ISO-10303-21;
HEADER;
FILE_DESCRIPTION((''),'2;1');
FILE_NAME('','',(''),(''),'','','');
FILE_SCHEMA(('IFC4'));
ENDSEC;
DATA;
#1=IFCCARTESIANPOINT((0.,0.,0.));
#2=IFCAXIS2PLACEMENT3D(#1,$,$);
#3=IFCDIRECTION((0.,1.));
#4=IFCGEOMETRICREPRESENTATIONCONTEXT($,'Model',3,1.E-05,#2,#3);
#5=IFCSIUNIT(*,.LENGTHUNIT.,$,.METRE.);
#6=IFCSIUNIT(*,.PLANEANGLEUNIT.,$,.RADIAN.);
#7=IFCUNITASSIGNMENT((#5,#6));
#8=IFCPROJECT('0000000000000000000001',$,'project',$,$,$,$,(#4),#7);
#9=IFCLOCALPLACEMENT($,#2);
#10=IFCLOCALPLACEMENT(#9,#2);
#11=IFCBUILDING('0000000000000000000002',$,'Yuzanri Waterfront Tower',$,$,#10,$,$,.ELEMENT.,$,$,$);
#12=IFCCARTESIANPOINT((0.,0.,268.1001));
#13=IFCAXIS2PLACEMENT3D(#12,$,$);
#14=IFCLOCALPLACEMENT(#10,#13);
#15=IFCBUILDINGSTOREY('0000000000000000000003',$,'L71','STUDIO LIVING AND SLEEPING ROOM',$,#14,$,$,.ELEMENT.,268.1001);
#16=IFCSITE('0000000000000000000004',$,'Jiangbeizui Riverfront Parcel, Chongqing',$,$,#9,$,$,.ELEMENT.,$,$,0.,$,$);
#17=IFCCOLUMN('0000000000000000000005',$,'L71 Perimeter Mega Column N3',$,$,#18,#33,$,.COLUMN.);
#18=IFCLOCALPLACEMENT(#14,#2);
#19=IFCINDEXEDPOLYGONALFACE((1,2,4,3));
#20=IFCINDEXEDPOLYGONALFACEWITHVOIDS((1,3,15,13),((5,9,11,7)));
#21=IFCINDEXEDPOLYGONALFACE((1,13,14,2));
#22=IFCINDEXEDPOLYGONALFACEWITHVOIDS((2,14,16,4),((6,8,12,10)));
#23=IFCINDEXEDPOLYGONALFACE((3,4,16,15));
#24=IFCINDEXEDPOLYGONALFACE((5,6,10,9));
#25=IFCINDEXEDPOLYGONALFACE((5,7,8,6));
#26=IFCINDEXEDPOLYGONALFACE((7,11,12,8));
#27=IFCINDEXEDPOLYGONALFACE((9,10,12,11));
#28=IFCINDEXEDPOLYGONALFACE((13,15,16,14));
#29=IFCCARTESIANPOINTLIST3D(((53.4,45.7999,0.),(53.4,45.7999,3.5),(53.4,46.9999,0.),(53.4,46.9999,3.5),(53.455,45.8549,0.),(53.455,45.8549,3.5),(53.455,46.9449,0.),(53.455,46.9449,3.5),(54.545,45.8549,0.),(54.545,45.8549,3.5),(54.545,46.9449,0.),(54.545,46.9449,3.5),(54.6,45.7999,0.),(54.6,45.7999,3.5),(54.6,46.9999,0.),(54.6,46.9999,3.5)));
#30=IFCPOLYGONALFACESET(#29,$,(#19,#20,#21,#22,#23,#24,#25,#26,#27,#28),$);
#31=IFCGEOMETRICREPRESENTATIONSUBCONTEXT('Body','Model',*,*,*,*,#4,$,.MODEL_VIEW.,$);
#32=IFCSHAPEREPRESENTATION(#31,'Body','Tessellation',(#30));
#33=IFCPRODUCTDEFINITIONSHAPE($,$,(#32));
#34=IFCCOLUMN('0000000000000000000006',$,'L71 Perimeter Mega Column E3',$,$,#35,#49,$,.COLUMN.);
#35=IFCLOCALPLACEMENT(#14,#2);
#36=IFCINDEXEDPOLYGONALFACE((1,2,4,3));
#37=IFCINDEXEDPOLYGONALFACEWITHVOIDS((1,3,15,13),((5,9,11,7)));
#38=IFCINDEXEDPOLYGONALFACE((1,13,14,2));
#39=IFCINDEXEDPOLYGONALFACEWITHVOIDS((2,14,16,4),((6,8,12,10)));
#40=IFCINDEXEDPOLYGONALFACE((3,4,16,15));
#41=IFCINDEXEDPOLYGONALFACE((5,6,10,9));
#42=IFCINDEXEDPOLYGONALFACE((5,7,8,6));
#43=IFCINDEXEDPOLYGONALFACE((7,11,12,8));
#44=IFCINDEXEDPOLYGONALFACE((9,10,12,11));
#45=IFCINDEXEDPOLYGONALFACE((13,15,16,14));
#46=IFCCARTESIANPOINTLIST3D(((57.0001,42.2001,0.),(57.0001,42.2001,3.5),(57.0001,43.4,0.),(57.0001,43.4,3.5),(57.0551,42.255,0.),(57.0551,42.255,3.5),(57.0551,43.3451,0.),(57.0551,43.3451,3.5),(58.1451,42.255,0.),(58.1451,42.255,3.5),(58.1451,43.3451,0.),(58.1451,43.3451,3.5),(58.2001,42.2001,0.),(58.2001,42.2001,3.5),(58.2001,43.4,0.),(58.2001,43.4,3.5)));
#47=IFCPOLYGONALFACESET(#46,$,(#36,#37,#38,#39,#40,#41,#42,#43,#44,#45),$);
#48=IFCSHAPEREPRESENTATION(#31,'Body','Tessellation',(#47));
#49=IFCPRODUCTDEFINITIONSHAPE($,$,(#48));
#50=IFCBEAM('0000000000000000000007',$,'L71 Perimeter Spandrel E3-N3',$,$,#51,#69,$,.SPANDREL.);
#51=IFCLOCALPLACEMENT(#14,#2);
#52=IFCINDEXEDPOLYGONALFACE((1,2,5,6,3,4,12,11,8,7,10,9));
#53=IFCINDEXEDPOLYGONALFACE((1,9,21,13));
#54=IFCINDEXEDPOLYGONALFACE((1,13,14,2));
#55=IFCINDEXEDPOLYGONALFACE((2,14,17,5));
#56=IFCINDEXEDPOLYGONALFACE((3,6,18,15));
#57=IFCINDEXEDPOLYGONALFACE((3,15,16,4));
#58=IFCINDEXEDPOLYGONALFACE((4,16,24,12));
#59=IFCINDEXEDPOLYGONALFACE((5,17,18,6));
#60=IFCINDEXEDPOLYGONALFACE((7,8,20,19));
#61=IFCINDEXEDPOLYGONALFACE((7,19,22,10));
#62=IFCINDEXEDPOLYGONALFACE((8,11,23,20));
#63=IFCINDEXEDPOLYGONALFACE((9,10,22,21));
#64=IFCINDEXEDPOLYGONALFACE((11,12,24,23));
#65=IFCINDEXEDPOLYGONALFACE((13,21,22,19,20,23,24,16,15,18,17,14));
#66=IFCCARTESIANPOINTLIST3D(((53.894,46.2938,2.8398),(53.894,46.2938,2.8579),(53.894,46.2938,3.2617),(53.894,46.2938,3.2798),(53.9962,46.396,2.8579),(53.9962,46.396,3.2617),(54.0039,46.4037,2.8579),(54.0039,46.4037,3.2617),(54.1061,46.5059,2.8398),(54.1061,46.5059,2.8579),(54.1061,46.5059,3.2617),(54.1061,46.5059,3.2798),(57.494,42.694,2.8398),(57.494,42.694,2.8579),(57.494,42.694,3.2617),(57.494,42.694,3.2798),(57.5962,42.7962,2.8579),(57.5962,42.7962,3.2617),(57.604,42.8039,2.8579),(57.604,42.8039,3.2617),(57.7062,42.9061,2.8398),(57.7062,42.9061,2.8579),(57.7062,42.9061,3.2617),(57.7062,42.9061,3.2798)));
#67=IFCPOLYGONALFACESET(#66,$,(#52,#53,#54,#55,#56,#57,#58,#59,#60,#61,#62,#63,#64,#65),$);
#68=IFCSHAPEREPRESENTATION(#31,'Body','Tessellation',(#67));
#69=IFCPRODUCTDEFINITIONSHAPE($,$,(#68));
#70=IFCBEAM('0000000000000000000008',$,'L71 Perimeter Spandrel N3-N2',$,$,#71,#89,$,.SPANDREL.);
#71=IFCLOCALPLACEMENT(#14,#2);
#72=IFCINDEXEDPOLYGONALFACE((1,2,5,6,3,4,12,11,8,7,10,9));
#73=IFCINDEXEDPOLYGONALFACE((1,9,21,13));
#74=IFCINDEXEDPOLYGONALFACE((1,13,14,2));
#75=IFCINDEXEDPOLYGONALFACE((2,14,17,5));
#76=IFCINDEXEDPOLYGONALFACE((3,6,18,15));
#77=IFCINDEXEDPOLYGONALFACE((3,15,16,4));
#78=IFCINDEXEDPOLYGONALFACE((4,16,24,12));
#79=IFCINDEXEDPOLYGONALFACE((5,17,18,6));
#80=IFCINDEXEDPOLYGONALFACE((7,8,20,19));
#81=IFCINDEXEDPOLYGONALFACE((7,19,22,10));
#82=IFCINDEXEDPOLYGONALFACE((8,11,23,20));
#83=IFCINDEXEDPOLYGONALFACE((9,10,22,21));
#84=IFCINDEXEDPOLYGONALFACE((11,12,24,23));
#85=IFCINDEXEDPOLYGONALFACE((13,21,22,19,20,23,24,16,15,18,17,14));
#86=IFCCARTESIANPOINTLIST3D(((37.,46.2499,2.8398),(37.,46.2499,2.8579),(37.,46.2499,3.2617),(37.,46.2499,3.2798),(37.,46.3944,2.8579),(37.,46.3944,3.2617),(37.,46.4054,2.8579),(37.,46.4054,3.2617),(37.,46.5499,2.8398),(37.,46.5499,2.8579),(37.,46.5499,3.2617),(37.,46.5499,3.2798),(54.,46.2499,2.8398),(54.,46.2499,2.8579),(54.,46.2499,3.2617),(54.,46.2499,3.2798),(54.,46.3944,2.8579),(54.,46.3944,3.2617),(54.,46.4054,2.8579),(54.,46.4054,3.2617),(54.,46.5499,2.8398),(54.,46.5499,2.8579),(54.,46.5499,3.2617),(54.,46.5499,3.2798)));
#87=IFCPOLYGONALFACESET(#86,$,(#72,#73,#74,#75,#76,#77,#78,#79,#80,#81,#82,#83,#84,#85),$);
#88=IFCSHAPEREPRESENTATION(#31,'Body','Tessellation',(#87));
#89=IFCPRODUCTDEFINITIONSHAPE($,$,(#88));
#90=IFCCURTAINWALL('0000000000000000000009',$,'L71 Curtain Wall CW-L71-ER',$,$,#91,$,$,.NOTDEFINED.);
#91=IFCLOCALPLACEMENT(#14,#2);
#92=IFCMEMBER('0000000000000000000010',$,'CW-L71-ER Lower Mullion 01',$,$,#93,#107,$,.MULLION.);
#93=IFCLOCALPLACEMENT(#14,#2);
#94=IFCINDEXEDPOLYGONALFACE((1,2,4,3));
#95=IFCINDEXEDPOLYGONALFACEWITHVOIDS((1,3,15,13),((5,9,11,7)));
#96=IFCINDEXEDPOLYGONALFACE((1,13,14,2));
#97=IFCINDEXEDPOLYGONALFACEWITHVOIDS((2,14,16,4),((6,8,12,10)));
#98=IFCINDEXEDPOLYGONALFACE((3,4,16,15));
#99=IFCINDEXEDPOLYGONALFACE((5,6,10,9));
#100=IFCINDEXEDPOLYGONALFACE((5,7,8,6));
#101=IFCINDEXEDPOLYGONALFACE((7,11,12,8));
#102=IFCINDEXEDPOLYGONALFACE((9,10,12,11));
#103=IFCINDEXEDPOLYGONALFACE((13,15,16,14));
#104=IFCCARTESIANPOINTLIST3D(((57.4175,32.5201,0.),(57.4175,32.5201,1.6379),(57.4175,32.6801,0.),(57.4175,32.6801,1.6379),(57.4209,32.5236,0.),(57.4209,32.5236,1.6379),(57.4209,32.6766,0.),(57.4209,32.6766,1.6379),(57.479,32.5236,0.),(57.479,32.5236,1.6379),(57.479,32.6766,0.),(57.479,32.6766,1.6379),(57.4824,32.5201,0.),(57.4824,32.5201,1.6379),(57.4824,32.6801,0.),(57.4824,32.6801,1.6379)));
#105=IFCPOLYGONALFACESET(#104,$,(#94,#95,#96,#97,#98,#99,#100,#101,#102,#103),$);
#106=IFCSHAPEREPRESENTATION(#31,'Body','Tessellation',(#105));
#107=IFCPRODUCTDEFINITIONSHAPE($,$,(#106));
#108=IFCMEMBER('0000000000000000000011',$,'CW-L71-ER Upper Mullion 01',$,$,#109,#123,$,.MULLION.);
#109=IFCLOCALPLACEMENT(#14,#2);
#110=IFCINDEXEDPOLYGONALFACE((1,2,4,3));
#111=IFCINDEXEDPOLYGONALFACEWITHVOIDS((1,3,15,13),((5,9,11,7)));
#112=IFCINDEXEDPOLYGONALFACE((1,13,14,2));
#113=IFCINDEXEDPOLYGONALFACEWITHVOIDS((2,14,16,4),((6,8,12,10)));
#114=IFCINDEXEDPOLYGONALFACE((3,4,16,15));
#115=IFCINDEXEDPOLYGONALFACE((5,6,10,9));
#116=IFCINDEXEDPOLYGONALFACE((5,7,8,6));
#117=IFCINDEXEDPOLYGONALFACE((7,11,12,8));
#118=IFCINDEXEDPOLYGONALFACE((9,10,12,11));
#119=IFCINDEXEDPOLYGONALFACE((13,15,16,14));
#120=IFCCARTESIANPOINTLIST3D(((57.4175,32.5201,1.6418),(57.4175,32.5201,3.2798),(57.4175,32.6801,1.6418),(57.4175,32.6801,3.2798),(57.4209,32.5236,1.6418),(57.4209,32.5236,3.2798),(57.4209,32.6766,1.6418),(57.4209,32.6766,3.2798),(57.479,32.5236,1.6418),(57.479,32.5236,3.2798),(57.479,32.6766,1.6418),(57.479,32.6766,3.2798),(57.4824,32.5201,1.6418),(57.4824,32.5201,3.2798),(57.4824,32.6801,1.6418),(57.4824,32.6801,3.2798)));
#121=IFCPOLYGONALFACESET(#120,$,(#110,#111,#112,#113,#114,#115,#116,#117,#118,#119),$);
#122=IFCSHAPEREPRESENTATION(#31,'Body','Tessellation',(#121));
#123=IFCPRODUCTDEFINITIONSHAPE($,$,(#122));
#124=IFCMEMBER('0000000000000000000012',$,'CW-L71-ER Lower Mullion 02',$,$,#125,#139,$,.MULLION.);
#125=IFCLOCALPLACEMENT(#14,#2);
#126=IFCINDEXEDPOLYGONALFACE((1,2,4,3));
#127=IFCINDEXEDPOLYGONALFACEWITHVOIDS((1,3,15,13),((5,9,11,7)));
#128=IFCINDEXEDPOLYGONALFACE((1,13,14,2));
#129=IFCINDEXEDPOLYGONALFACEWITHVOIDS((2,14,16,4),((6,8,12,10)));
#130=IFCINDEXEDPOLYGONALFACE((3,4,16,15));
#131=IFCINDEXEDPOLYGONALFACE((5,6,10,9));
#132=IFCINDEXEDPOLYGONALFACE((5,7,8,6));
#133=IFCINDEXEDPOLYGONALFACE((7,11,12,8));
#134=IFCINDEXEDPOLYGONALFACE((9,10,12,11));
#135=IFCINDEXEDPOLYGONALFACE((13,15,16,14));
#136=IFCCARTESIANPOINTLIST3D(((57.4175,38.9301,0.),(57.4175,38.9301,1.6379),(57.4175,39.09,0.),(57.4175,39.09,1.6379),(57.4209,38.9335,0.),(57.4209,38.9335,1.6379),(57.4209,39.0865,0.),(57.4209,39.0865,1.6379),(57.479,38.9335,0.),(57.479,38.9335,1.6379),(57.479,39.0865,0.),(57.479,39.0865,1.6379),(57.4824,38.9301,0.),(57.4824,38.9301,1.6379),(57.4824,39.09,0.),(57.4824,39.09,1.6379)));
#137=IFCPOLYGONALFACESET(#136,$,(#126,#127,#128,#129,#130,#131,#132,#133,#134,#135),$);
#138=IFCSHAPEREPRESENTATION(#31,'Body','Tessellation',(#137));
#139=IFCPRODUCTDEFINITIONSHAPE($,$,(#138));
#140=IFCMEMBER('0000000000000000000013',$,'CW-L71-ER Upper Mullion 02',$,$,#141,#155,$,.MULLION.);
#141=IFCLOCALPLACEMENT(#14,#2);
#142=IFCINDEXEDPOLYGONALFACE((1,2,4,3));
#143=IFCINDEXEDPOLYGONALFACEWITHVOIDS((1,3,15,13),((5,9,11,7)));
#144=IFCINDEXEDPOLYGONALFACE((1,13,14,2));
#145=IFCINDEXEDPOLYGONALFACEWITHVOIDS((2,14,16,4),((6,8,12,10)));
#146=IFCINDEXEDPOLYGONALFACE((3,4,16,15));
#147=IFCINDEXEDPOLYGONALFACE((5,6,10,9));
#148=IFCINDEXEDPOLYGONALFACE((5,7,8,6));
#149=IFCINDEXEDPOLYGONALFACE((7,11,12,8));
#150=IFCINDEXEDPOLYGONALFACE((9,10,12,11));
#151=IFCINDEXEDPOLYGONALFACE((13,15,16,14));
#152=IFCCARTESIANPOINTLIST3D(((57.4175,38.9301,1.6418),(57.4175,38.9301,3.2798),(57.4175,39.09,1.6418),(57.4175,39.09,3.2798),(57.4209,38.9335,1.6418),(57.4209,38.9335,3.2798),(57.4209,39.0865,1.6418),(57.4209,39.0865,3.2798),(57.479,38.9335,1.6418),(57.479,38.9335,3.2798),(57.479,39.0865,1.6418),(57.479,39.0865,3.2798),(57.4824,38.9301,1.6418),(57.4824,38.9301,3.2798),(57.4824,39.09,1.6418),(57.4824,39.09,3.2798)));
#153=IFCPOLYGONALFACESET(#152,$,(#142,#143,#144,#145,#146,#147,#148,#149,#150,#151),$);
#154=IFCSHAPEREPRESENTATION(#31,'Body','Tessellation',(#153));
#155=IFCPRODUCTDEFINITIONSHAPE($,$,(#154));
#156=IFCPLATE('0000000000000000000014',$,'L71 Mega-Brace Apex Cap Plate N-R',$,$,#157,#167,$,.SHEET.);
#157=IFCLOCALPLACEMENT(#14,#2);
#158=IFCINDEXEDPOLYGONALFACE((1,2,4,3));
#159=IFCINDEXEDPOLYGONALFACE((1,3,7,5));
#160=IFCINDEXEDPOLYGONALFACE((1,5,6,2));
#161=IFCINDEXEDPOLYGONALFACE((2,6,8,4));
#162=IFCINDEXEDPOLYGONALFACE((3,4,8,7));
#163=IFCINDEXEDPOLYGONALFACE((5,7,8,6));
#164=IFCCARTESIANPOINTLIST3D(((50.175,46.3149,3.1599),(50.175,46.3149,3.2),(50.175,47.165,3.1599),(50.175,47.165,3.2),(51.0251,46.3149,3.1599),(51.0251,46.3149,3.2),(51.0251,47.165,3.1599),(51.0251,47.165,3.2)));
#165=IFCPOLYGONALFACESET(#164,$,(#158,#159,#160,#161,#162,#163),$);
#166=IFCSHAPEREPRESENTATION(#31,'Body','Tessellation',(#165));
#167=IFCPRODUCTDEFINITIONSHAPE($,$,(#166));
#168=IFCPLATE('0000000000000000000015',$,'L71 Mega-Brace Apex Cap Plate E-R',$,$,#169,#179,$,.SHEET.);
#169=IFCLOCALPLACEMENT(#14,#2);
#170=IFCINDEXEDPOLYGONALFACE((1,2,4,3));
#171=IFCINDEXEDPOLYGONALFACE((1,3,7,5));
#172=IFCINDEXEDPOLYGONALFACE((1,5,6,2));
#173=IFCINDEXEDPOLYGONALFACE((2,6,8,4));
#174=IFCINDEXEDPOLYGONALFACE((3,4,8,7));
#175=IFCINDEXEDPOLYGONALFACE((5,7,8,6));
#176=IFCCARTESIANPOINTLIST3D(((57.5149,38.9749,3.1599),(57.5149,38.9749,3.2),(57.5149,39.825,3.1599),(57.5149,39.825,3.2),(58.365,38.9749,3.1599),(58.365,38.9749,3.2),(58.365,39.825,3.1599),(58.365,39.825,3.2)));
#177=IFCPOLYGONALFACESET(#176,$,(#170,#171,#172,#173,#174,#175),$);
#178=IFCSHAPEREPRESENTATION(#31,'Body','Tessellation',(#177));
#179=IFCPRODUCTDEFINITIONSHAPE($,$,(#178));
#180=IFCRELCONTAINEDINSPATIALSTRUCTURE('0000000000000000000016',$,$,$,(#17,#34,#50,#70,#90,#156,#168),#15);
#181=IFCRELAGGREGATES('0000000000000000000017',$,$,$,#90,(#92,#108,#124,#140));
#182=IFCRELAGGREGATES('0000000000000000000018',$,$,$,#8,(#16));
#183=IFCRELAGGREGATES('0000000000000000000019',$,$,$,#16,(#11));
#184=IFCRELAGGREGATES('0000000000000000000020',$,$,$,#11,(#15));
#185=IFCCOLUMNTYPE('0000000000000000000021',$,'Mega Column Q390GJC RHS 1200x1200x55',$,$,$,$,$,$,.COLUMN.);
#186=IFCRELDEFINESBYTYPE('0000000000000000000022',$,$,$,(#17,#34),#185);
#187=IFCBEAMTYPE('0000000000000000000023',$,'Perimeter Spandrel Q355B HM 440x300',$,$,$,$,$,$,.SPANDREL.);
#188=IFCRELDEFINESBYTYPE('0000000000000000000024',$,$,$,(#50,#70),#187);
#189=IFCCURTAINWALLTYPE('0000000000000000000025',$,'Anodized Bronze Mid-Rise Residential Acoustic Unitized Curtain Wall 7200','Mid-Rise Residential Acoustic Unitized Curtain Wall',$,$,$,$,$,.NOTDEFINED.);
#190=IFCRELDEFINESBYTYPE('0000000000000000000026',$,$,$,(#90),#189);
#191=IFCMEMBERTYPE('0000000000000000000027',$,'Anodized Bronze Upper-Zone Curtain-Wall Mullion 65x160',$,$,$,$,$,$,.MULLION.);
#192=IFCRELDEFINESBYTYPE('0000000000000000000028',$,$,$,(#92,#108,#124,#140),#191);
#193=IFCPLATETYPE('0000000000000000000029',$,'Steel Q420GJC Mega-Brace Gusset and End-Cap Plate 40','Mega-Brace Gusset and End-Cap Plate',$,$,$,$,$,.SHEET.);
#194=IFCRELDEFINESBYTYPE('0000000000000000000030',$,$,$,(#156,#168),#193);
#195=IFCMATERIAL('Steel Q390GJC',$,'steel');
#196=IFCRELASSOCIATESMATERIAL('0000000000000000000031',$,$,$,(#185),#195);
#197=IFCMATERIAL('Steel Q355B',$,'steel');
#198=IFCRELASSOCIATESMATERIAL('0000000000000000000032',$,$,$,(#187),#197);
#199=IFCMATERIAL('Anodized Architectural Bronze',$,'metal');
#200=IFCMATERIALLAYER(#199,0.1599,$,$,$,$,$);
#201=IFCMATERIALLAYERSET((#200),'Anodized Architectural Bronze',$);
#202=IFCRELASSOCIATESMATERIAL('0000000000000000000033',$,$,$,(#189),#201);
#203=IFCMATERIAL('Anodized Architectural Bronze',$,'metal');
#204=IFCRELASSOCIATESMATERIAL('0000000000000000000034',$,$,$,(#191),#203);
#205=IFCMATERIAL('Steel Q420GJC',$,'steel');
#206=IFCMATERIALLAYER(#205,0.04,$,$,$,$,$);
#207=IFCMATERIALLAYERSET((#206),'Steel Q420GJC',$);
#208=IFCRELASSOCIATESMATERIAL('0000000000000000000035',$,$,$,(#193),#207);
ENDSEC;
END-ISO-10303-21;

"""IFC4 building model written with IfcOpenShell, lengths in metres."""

from ifc_helpers import new_model, si_unit, direction, frame, origin, origin_2d, place, context, subcontext, project, spatial, rectangle, hollow_rectangle, i_section, extrude, source, transform, mapped, material, layer, layer_set, material_profile, profile_set, type_object, element, aggregate, save


model = new_model("IFC4")

# Units and contexts
model_context = context("Model", 3, precision=1e-05, world=origin(), true_north=direction((0.0, 1.0)))
body_context = subcontext(model_context, "Body", "Model", "MODEL_VIEW")
ifc_project = project(units=[si_unit("LENGTHUNIT", "METRE"), si_unit("PLANEANGLEUNIT", "RADIAN")], contexts=[model_context])

# Site, building, storey
site_placement = place(None, origin())
site = spatial("IfcSite", under=ifc_project, at=site_placement, Name="Jiangbeizui Riverfront Parcel, Chongqing", CompositionType="ELEMENT", RefElevation=0.0)
building_placement = place(site_placement, origin())
building = spatial("IfcBuilding", under=site, at=building_placement, Name="Yuzanri Waterfront Tower", CompositionType="ELEMENT")
storey_placement = place(building_placement, frame((0.0, 0.0, 268.1001)))
storey = spatial("IfcBuildingStorey", under=building, at=storey_placement, Name="L71", Description="STUDIO LIVING AND SLEEPING ROOM", CompositionType="ELEMENT", Elevation=268.1001)

# Columns
ifc_material_1 = material(Name="Steel Q390GJC", Category="steel")
ifc_material_profile_1 = material_profile(ifc_material_1, hollow_rectangle(XDim=1.2, YDim=1.2, WallThickness=0.0549, at=origin_2d()), Name="RHS 1200x1200x55")
ifc_profile_set_1 = profile_set([ifc_material_profile_1], Name="Steel Q390GJC")
column_type = type_object("IfcColumnType", Name="Mega Column Q390GJC RHS 1200x1200x55", PredefinedType="COLUMN", material=ifc_profile_set_1)
shared_shape_1 = source(origin(), body_context, "Body", "SweptSolid", [
    extrude(hollow_rectangle(XDim=1.2, YDim=1.2, WallThickness=0.0549, at=origin_2d()), origin(), (0.0, 0.0, 1.0), 3.5),
])
for number, where, z_axis, x_axis, name in (
    (1, (54.0, 46.3999, 0.0), (0.0, 0.0, 1.0), (1.0, 0.0, 0.0), "L71 Perimeter Mega Column N3"),
    (2, (57.6001, 42.8, 0.0), (0.0, 0.0, 1.0), (1.0, 0.0, 0.0), "L71 Perimeter Mega Column E3"),
):
    element("IfcColumn", number, at=place(storey_placement, frame(where, z_axis=z_axis, x_axis=x_axis)), inside=storey, type_object=column_type, Name=name, PredefinedType="COLUMN", context=body_context, shape_type="MappedRepresentation", body=[
        mapped(shared_shape_1, transform((0.0, 0.0, 0.0), scale=1.0)),
    ])

# Beams
ifc_material_2 = material(Name="Steel Q355B", Category="steel")
ifc_material_profile_2 = material_profile(ifc_material_2, i_section(OverallWidth=0.3, OverallDepth=0.4399, WebThickness=0.011, FlangeThickness=0.0181, at=origin_2d()), Name="HM 440x300x11x18")
ifc_profile_set_2 = profile_set([ifc_material_profile_2], Name="Steel Q355B")
beam_type = type_object("IfcBeamType", Name="Perimeter Spandrel Q355B HM 440x300", PredefinedType="SPANDREL", material=ifc_profile_set_2)
shared_shape_2 = source(origin(), body_context, "Body", "SweptSolid", [
    extrude(i_section(OverallWidth=0.3, OverallDepth=0.4399, WebThickness=0.011, FlangeThickness=0.0181, at=origin_2d()), origin(), (0.0, 0.0, 1.0), 5.0911),
])
beam_1_placement = place(storey_placement, frame((57.6001, 42.8, 3.0598), z_axis=(-0.707131, 0.707083, 0.0), x_axis=(-0.707083, -0.707131, 0.0)))
element("IfcBeam", 3, at=beam_1_placement, inside=storey, type_object=beam_type, Name="L71 Perimeter Spandrel E3-N3", PredefinedType="SPANDREL", context=body_context, shape_type="MappedRepresentation", body=[
    mapped(shared_shape_2, transform((0.0, 0.0, 0.0), scale=1.0)),
])
shared_shape_3 = source(origin(), body_context, "Body", "SweptSolid", [
    extrude(i_section(OverallWidth=0.3, OverallDepth=0.4399, WebThickness=0.011, FlangeThickness=0.0181, at=origin_2d()), origin(), (0.0, 0.0, 1.0), 17.0),
])
beam_2_placement = place(storey_placement, frame((54.0, 46.3999, 3.0598), z_axis=(-1.0, 0.0, 0.0), x_axis=(0.0, -1.0, 0.0)))
element("IfcBeam", 4, at=beam_2_placement, inside=storey, type_object=beam_type, Name="L71 Perimeter Spandrel N3-N2", PredefinedType="SPANDREL", context=body_context, shape_type="MappedRepresentation", body=[
    mapped(shared_shape_3, transform((0.0, 0.0, 0.0), scale=1.0)),
])

# Curtain wall, members
ifc_material_3 = material(Name="Anodized Architectural Bronze", Category="metal")
ifc_layer_1 = layer(ifc_material_3, 0.1599)
ifc_layer_set_1 = layer_set([ifc_layer_1], Name="Anodized Architectural Bronze")
curtain_wall_type = type_object("IfcCurtainWallType", Name="Anodized Bronze Mid-Rise Residential Acoustic Unitized Curtain Wall 7200", Description="Mid-Rise Residential Acoustic Unitized Curtain Wall", PredefinedType="NOTDEFINED", material=ifc_layer_set_1)
curtain_wall_placement = place(storey_placement, origin())
curtain_wall = element("IfcCurtainWall", 5, at=curtain_wall_placement, inside=storey, type_object=curtain_wall_type, Name="L71 Curtain Wall CW-L71-ER", PredefinedType="NOTDEFINED")
ifc_material_4 = material(Name="Anodized Architectural Bronze", Category="metal")
ifc_material_profile_3 = material_profile(ifc_material_4, hollow_rectangle(XDim=0.0649, YDim=0.1599, WallThickness=0.0034, at=origin_2d()), Name="CWM 65x160")
ifc_profile_set_3 = profile_set([ifc_material_profile_3], Name="Anodized Architectural Bronze")
member_type = type_object("IfcMemberType", Name="Anodized Bronze Upper-Zone Curtain-Wall Mullion 65x160", PredefinedType="MULLION", material=ifc_profile_set_3)
shared_shape_4 = source(origin(), body_context, "Body", "SweptSolid", [
    extrude(hollow_rectangle(XDim=0.0649, YDim=0.1599, WallThickness=0.0034, at=origin_2d()), origin(), (0.0, 0.0, 1.0), 1.6379),
])
member_1_placement = place(storey_placement, frame((57.45, 32.6001, 0.0), z_axis=(0.0, 0.0, 1.0), x_axis=(1.0, 0.0, 0.0)))
member_1 = element("IfcMember", 6, at=member_1_placement, type_object=member_type, Name="CW-L71-ER Lower Mullion 01", PredefinedType="MULLION", context=body_context, shape_type="MappedRepresentation", body=[
    mapped(shared_shape_4, transform((0.0, 0.0, 0.0), scale=1.0)),
])
member_2_placement = place(storey_placement, frame((57.45, 32.6001, 1.6418), z_axis=(0.0, 0.0, 1.0), x_axis=(1.0, 0.0, 0.0)))
member_2 = element("IfcMember", 7, at=member_2_placement, type_object=member_type, Name="CW-L71-ER Upper Mullion 01", PredefinedType="MULLION", context=body_context, shape_type="MappedRepresentation", body=[
    mapped(shared_shape_4, transform((0.0, 0.0, 0.0), scale=1.0)),
])
member_3_placement = place(storey_placement, frame((57.45, 39.01, 0.0), z_axis=(0.0, 0.0, 1.0), x_axis=(1.0, 0.0, 0.0)))
member_3 = element("IfcMember", 8, at=member_3_placement, type_object=member_type, Name="CW-L71-ER Lower Mullion 02", PredefinedType="MULLION", context=body_context, shape_type="MappedRepresentation", body=[
    mapped(shared_shape_4, transform((0.0, 0.0, 0.0), scale=1.0)),
])
member_4_placement = place(storey_placement, frame((57.45, 39.01, 1.6418), z_axis=(0.0, 0.0, 1.0), x_axis=(1.0, 0.0, 0.0)))
member_4 = element("IfcMember", 9, at=member_4_placement, type_object=member_type, Name="CW-L71-ER Upper Mullion 02", PredefinedType="MULLION", context=body_context, shape_type="MappedRepresentation", body=[
    mapped(shared_shape_4, transform((0.0, 0.0, 0.0), scale=1.0)),
])

# Plates
ifc_material_5 = material(Name="Steel Q420GJC", Category="steel")
ifc_layer_2 = layer(ifc_material_5, 0.04)
ifc_layer_set_2 = layer_set([ifc_layer_2], Name="Steel Q420GJC")
plate_type_1 = type_object("IfcPlateType", Name="Steel Q420GJC Mega-Brace Gusset and End-Cap Plate 40", Description="Mega-Brace Gusset and End-Cap Plate", PredefinedType="SHEET", material=ifc_layer_set_2)
shared_shape_5 = source(origin(), body_context, "Body", "SweptSolid", [
    extrude(rectangle(XDim=0.8501, YDim=0.8501, at=origin_2d()), origin(), (0.0, 0.0, 1.0), 0.04),
])
for number, where, z_axis, x_axis, name in (
    (10, (50.6001, 46.74, 3.1599), (0.0, 0.0, 1.0), (1.0, 0.0, 0.0), "L71 Mega-Brace Apex Cap Plate N-R"),
    (11, (57.9399, 39.3999, 3.1599), (0.0, 0.0, 1.0), (1.0, 0.0, 0.0), "L71 Mega-Brace Apex Cap Plate E-R"),
):
    element("IfcPlate", number, at=place(storey_placement, frame(where, z_axis=z_axis, x_axis=x_axis)), inside=storey, type_object=plate_type_1, Name=name, PredefinedType="SHEET", context=body_context, shape_type="MappedRepresentation", body=[
        mapped(shared_shape_5, transform((0.0, 0.0, 0.0), scale=1.0)),
    ])

aggregate(curtain_wall, [member_1, member_2, member_3, member_4])

save(model, "model.ifc")
